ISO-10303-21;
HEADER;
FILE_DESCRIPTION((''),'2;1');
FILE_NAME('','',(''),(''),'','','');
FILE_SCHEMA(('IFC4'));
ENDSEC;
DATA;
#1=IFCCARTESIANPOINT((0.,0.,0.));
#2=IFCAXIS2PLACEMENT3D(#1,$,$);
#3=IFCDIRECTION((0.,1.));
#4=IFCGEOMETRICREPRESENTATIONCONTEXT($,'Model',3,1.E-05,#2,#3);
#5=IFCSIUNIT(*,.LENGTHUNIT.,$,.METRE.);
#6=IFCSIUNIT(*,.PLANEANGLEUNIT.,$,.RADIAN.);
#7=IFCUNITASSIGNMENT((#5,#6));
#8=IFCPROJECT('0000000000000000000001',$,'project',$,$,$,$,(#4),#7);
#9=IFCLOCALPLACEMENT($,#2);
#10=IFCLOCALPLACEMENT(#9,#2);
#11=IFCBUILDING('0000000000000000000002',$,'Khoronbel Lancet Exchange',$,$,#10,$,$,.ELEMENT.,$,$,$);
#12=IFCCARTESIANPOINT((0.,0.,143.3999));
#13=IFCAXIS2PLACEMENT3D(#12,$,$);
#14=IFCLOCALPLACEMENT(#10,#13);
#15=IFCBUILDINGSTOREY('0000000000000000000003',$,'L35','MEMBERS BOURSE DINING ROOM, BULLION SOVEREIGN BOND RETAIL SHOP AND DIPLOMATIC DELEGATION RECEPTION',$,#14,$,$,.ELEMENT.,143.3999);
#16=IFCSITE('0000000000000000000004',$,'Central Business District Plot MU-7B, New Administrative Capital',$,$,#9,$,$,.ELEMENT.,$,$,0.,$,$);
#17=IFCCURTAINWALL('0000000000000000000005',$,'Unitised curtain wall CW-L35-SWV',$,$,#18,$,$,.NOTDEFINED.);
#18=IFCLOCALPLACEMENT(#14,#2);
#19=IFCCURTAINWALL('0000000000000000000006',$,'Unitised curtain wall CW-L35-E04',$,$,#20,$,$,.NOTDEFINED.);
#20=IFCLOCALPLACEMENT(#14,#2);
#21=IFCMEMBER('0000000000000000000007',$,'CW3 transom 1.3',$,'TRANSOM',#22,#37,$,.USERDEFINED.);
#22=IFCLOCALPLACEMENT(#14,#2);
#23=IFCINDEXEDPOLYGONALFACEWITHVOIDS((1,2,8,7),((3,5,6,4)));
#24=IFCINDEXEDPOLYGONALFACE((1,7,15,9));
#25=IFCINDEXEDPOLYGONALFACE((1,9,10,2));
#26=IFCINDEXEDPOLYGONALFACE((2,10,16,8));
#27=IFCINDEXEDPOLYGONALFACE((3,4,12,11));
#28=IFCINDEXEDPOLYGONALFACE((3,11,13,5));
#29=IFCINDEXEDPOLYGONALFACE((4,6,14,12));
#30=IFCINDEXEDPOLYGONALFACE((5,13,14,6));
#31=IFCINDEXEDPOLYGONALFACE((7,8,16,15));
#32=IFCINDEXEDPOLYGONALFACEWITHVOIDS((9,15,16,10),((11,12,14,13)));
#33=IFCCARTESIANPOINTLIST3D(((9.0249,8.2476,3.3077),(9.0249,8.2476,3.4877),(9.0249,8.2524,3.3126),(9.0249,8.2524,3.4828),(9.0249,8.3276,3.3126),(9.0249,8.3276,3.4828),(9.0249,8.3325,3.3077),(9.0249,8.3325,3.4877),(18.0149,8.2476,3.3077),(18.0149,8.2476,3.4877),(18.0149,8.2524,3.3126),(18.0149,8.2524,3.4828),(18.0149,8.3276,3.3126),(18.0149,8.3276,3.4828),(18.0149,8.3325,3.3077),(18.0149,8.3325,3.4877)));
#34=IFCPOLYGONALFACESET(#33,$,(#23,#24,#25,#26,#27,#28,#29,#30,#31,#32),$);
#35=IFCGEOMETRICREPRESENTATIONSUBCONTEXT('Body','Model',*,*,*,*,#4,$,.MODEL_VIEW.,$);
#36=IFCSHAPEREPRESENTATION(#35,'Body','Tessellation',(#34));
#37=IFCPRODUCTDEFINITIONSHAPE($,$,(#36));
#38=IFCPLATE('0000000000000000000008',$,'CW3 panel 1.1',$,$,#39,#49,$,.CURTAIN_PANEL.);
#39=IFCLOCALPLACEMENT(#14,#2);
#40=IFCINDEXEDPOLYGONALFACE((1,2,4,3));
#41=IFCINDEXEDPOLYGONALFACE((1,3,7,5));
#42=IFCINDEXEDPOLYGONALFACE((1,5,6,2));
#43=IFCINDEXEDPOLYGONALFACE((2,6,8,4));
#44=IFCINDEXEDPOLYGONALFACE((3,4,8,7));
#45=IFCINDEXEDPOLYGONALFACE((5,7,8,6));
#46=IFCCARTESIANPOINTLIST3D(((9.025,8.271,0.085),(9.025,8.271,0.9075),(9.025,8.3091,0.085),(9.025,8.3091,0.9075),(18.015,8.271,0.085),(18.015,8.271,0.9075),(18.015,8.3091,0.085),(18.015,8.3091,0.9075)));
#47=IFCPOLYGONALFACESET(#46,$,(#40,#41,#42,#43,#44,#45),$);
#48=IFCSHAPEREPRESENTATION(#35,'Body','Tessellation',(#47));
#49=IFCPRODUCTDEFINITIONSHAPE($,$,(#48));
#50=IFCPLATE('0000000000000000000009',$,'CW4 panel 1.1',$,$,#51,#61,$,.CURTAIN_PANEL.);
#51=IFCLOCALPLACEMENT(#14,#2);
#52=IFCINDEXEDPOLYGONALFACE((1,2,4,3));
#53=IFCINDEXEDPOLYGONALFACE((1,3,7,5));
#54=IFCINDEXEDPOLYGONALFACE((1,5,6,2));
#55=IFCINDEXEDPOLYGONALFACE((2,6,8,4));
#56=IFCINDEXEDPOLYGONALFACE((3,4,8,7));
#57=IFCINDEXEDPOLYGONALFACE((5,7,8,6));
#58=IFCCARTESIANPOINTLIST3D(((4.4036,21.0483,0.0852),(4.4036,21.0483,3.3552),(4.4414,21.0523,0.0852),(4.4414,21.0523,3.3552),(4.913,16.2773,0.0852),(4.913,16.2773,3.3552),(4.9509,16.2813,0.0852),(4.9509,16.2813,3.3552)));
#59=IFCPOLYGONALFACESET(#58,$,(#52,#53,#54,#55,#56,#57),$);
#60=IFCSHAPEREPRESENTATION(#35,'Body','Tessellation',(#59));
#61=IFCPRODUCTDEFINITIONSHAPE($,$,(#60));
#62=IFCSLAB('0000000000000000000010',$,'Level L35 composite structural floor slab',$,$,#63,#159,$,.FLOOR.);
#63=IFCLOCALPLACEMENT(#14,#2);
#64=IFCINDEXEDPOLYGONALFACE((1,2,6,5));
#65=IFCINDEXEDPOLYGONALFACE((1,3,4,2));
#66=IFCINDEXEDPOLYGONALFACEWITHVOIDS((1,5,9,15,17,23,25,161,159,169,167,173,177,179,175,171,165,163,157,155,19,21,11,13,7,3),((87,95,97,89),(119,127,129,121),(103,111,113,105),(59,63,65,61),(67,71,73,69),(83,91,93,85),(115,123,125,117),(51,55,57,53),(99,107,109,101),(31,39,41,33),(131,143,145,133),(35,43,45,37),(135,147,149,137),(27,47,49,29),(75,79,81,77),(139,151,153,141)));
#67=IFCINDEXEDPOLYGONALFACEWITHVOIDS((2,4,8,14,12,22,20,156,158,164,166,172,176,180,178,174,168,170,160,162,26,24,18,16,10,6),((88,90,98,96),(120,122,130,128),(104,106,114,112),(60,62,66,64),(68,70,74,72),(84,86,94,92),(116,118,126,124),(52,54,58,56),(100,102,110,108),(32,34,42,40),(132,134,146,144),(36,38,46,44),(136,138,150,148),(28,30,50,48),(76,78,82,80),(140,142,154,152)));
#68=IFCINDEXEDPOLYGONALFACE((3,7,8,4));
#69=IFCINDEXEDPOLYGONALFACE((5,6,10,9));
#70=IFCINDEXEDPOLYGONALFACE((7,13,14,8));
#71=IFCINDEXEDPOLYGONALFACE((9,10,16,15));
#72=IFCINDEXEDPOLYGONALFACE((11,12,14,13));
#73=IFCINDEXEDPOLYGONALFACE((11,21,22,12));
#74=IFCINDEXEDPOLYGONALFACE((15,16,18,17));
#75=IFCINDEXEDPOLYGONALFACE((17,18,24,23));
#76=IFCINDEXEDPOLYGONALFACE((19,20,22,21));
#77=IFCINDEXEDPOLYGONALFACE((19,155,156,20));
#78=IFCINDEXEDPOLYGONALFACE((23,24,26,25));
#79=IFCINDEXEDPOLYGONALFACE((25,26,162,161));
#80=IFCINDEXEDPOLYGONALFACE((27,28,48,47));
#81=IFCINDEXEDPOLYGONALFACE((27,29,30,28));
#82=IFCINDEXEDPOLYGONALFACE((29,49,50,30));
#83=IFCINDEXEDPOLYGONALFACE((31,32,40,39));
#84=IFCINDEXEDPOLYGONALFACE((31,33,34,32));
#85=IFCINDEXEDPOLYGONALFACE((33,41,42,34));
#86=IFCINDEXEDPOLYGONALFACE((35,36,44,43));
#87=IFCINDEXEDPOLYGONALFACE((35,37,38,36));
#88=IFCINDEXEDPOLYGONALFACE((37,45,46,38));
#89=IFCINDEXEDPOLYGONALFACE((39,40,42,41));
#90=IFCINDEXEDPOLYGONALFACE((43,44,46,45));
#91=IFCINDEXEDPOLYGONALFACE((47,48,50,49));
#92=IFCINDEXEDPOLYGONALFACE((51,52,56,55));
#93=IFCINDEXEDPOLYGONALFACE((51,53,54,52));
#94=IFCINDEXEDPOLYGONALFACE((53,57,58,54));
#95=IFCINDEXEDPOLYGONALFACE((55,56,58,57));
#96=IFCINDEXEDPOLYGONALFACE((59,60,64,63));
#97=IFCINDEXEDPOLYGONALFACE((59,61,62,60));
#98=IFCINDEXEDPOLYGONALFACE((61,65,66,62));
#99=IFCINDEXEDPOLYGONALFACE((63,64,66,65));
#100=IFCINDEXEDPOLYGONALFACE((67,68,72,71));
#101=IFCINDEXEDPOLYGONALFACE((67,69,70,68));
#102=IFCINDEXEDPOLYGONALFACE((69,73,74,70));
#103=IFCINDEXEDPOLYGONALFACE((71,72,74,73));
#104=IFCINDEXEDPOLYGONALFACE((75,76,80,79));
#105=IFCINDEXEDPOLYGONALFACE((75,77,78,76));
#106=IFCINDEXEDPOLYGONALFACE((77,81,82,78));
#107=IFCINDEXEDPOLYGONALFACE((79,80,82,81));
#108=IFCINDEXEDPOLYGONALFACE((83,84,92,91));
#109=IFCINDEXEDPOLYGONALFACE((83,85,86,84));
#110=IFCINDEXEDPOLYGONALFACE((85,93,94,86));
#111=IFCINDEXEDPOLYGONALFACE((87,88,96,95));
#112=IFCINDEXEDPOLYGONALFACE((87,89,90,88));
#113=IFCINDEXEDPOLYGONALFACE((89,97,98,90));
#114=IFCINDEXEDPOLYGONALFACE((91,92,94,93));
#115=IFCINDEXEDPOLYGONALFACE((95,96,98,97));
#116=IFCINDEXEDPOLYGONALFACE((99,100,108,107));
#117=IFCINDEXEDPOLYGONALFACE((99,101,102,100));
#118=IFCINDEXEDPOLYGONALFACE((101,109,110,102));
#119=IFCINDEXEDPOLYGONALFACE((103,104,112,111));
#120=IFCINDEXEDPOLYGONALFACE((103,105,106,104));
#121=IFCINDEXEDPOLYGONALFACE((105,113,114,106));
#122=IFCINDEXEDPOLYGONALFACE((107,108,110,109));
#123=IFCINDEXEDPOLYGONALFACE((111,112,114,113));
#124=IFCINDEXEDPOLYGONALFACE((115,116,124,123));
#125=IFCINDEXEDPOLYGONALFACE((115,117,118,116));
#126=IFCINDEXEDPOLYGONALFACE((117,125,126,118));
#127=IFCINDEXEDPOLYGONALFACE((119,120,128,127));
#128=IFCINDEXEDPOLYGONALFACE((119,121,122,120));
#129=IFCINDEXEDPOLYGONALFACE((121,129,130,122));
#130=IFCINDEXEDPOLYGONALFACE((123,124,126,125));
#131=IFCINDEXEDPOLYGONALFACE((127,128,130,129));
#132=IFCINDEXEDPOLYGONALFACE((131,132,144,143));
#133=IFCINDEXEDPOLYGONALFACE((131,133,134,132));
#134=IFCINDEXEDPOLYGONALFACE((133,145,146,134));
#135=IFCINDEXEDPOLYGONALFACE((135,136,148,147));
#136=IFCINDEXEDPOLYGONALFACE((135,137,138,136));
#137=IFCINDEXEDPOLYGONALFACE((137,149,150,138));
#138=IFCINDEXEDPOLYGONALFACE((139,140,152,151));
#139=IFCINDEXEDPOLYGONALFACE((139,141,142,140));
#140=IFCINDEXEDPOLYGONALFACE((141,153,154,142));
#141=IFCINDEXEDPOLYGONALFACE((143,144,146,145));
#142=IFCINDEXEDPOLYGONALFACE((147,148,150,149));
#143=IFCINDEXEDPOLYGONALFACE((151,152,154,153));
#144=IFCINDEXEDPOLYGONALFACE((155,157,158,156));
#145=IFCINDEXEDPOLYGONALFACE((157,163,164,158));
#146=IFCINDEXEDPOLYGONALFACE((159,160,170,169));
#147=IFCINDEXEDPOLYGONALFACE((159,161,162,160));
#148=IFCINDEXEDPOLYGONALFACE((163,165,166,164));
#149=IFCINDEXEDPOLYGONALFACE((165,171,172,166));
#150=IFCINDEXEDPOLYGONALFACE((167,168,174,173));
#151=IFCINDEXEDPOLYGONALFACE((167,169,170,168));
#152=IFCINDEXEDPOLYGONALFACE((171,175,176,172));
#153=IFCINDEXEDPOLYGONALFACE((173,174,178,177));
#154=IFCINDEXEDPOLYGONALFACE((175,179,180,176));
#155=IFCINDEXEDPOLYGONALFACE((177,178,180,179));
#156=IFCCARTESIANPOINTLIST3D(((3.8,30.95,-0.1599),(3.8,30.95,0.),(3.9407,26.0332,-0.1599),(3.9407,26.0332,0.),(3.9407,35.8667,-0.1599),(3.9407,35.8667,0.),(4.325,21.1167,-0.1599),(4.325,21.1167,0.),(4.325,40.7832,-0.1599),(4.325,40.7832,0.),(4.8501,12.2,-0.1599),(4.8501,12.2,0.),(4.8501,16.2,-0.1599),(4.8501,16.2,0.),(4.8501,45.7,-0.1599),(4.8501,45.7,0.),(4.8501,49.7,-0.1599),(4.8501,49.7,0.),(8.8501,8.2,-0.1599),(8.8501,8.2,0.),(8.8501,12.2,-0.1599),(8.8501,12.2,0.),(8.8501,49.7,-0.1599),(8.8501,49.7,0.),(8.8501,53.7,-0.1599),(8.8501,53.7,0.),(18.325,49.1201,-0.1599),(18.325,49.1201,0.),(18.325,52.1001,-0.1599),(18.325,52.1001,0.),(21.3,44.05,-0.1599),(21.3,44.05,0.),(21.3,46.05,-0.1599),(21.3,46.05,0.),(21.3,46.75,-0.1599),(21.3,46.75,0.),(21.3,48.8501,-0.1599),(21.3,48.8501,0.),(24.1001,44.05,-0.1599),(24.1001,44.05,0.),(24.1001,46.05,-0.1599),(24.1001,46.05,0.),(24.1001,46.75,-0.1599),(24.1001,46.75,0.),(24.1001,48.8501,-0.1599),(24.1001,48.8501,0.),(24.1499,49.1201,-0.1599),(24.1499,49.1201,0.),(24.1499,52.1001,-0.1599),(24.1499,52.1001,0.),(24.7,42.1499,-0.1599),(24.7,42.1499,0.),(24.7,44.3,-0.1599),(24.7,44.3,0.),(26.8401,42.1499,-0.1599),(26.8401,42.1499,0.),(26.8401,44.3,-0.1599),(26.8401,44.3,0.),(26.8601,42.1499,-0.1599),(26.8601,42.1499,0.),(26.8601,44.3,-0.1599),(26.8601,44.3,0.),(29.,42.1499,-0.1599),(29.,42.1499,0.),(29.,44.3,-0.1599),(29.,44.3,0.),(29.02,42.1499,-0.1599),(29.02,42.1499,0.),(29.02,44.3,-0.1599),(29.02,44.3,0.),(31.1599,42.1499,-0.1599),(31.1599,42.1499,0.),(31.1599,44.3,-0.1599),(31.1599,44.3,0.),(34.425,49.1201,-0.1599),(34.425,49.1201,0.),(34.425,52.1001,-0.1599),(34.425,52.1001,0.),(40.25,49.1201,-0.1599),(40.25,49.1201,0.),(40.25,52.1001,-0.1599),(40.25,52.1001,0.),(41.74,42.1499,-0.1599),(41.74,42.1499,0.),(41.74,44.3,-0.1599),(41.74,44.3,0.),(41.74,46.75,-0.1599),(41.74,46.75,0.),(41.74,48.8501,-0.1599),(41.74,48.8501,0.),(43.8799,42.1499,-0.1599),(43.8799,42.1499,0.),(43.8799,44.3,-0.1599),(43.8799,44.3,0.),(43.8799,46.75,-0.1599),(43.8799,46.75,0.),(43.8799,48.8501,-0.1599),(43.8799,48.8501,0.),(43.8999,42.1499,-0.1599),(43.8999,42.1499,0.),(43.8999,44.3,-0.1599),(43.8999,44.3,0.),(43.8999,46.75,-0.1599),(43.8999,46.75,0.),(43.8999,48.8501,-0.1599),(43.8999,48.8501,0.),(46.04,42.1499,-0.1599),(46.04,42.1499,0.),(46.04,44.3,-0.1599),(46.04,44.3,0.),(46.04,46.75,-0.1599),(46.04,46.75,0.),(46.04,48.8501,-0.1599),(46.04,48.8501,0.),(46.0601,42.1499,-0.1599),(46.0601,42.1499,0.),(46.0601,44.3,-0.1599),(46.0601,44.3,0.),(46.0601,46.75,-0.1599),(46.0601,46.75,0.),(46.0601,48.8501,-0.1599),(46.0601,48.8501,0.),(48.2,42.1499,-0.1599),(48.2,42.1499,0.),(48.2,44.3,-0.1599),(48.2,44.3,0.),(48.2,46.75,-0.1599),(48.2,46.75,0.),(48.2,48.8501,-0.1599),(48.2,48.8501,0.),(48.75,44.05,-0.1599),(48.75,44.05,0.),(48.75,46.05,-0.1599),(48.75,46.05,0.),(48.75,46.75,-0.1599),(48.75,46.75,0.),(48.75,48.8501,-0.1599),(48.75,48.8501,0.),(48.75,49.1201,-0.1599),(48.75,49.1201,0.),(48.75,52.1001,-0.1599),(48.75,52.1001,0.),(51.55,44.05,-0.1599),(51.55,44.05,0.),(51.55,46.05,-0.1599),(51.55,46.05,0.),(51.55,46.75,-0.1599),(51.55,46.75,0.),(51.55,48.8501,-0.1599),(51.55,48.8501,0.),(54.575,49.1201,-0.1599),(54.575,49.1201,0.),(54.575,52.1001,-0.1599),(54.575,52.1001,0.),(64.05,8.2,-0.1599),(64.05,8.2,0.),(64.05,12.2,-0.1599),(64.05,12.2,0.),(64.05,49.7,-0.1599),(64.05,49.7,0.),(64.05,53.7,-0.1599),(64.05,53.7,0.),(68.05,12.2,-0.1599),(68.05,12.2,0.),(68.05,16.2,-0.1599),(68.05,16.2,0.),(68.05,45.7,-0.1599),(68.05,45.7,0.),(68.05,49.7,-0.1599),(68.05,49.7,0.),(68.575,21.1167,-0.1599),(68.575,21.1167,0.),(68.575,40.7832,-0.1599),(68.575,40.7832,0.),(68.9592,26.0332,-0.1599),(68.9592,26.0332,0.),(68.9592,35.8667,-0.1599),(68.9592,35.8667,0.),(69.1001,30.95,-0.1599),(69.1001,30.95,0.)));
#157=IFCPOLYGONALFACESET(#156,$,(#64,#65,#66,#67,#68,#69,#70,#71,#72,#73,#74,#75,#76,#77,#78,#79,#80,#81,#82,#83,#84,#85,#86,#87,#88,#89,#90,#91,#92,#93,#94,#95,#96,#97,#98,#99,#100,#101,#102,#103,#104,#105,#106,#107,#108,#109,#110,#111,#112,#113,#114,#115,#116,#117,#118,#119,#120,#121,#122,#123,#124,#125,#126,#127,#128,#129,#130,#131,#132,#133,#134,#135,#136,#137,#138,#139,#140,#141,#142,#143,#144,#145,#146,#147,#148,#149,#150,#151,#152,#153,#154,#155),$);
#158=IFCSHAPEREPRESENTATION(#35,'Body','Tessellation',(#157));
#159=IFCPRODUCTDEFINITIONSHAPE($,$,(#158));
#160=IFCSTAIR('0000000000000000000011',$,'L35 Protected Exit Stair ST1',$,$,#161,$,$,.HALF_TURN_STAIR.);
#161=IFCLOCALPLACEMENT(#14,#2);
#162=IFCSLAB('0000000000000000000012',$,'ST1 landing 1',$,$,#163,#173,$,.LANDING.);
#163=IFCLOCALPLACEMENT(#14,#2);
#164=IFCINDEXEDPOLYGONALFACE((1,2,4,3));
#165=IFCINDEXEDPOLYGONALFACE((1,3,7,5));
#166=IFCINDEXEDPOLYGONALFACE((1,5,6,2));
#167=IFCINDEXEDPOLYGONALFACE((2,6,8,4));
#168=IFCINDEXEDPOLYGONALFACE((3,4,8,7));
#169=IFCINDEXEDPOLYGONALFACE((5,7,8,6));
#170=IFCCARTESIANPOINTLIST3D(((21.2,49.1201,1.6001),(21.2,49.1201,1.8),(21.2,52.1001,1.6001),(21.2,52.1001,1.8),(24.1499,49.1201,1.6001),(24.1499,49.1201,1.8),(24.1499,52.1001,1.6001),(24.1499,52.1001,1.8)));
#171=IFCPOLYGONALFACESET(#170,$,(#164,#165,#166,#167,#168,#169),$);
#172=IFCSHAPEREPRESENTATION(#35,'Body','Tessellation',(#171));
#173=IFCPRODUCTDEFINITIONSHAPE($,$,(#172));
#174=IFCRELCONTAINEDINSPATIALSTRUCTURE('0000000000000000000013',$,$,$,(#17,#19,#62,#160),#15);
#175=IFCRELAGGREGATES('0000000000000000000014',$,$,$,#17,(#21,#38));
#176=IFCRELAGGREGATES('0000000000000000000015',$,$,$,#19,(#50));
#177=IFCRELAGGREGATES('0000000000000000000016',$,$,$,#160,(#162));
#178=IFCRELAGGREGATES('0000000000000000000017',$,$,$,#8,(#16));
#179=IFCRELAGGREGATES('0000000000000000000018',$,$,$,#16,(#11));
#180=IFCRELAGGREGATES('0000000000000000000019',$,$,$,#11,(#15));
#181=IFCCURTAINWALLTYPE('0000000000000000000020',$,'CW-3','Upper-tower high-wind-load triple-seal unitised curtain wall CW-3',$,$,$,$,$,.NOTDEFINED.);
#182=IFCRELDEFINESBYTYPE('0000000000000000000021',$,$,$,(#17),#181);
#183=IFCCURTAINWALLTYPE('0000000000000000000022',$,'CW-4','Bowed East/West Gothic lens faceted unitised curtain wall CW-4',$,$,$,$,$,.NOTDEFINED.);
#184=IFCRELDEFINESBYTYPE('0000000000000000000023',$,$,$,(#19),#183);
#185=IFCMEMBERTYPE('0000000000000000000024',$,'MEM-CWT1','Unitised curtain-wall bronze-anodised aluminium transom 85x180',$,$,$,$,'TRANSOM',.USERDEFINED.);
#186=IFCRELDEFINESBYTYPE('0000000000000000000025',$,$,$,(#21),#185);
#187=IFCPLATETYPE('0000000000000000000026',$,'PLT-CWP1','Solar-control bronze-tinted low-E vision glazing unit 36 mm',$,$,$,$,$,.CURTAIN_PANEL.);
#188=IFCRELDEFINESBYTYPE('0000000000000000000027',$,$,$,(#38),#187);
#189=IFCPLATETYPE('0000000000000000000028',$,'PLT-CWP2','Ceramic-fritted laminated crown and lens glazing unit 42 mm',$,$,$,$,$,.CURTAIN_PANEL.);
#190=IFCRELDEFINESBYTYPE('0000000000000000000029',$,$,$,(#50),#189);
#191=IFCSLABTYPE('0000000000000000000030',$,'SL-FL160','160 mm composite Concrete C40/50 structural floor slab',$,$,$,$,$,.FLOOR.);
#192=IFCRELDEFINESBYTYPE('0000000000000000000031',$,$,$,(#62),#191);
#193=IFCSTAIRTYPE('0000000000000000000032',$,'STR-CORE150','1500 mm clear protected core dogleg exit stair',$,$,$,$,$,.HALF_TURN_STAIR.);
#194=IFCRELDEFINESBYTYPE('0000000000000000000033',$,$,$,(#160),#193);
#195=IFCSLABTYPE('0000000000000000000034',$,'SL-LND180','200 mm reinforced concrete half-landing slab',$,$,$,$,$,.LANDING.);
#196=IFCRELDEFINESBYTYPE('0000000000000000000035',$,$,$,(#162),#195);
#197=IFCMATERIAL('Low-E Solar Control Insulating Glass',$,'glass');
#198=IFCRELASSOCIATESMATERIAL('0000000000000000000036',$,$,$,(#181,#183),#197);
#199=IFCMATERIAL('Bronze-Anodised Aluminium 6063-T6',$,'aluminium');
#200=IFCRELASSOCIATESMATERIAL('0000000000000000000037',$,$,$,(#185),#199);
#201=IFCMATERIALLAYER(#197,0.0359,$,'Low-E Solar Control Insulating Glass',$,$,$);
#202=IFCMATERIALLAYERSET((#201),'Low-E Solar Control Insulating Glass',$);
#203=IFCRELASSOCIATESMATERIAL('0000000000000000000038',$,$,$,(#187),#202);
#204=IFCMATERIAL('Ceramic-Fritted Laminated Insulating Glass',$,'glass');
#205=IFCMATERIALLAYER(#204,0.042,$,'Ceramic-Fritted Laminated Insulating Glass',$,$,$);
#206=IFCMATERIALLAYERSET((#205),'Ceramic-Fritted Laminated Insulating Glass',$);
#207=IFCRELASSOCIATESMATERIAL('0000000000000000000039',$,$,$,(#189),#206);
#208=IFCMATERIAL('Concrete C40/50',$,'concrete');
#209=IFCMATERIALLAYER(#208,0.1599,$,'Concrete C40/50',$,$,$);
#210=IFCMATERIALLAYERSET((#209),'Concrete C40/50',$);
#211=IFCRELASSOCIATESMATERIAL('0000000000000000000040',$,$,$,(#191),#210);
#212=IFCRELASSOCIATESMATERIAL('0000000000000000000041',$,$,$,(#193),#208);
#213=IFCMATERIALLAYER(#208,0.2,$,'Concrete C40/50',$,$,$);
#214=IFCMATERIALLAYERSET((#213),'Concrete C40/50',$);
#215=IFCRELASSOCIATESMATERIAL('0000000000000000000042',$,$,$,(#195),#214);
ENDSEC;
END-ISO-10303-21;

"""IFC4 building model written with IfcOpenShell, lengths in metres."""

from ifc_helpers import new_model, si_unit, direction, frame, origin, origin_2d, place, context, subcontext, project, spatial, polyline, rectangle, hollow_rectangle, outline, extrude, material, layer, layer_set, material_profile, profile_set, type_object, element, aggregate, save


model = new_model("IFC4")

# Units and contexts
model_context = context("Model", 3, precision=1e-05, world=origin(), true_north=direction((0.0, 1.0)))
body_context = subcontext(model_context, "Body", "Model", "MODEL_VIEW")
ifc_project = project(units=[si_unit("LENGTHUNIT", "METRE"), si_unit("PLANEANGLEUNIT", "RADIAN")], contexts=[model_context])

# Site, building, storey
site_placement = place(None, origin())
site = spatial("IfcSite", under=ifc_project, at=site_placement, Name="Central Business District Plot MU-7B, New Administrative Capital", CompositionType="ELEMENT", RefElevation=0.0)
building_placement = place(site_placement, origin())
building = spatial("IfcBuilding", under=site, at=building_placement, Name="Khoronbel Lancet Exchange", CompositionType="ELEMENT")
storey_placement = place(building_placement, frame((0.0, 0.0, 143.3999)))
storey = spatial("IfcBuildingStorey", under=building, at=storey_placement, Name="L35", Description="MEMBERS BOURSE DINING ROOM, BULLION SOVEREIGN BOND RETAIL SHOP AND DIPLOMATIC DELEGATION RECEPTION", CompositionType="ELEMENT", Elevation=143.3999)

# Curtain wall
ifc_material_1 = material(Name="Low-E Solar Control Insulating Glass", Category="glass")
curtain_wall_type_1 = type_object("IfcCurtainWallType", Name="CW-3", Description="Upper-tower high-wind-load triple-seal unitised curtain wall CW-3", PredefinedType="NOTDEFINED", material=ifc_material_1)
curtain_wall_1_placement = place(storey_placement, origin())
curtain_wall_1 = element("IfcCurtainWall", 1, at=curtain_wall_1_placement, inside=storey, type_object=curtain_wall_type_1, Name="Unitised curtain wall CW-L35-SWV", PredefinedType="NOTDEFINED")
ifc_material_2 = material(Name="Bronze-Anodised Aluminium 6063-T6", Category="aluminium")

# Curtain wall
curtain_wall_type_2 = type_object("IfcCurtainWallType", Name="CW-4", Description="Bowed East/West Gothic lens faceted unitised curtain wall CW-4", PredefinedType="NOTDEFINED", material=ifc_material_1)
curtain_wall_2_placement = place(storey_placement, origin())
curtain_wall_2 = element("IfcCurtainWall", 2, at=curtain_wall_2_placement, inside=storey, type_object=curtain_wall_type_2, Name="Unitised curtain wall CW-L35-E04", PredefinedType="NOTDEFINED")
ifc_material_profile_1 = material_profile(ifc_material_2, hollow_rectangle(XDim=0.085, YDim=0.1799, WallThickness=0.0049, at=origin_2d()), Name="ALU TRANSOM 85x180")
ifc_profile_set_1 = profile_set([ifc_material_profile_1], Name="Bronze-Anodised Aluminium 6063-T6")
member_type_1 = type_object("IfcMemberType", Name="MEM-CWT1", Description="Unitised curtain-wall bronze-anodised aluminium transom 85x180", ElementType="TRANSOM", PredefinedType="USERDEFINED", material=ifc_profile_set_1)

# Member
member_1_placement = place(storey_placement, frame((9.0249, 8.29, 3.3977), z_axis=(1.0, 0.0, 0.0), x_axis=(0.0, 1.0, 0.0)))
member_1 = element("IfcMember", 3, at=member_1_placement, type_object=member_type_1, Name="CW3 transom 1.3", ObjectType="TRANSOM", PredefinedType="USERDEFINED", context=body_context, shape_type="SweptSolid", body=[
    extrude(hollow_rectangle(XDim=0.085, YDim=0.1799, WallThickness=0.0049, at=origin_2d()), origin(), (0.0, 0.0, 1.0), 8.99),
])

# Plates
ifc_layer_1 = layer(ifc_material_1, 0.0359, Name="Low-E Solar Control Insulating Glass")
ifc_layer_set_1 = layer_set([ifc_layer_1], Name="Low-E Solar Control Insulating Glass")
plate_type_1 = type_object("IfcPlateType", Name="PLT-CWP1", Description="Solar-control bronze-tinted low-E vision glazing unit 36 mm", PredefinedType="CURTAIN_PANEL", material=ifc_layer_set_1)
plate_1_placement = place(storey_placement, frame((13.52, 8.29, 0.085), z_axis=(0.0, 0.0, 1.0), x_axis=(1.0, 0.0, 0.0)))
plate_1 = element("IfcPlate", 4, at=plate_1_placement, type_object=plate_type_1, Name="CW3 panel 1.1", PredefinedType="CURTAIN_PANEL", context=body_context, shape_type="SweptSolid", body=[
    extrude(rectangle(XDim=8.99, YDim=0.0381, at=origin_2d()), origin(), (0.0, 0.0, 1.0), 0.8225),
])
aggregate(curtain_wall_1, [member_1, plate_1])
ifc_material_3 = material(Name="Ceramic-Fritted Laminated Insulating Glass", Category="glass")
ifc_layer_2 = layer(ifc_material_3, 0.042, Name="Ceramic-Fritted Laminated Insulating Glass")
ifc_layer_set_2 = layer_set([ifc_layer_2], Name="Ceramic-Fritted Laminated Insulating Glass")
plate_type_2 = type_object("IfcPlateType", Name="PLT-CWP2", Description="Ceramic-fritted laminated crown and lens glazing unit 42 mm", PredefinedType="CURTAIN_PANEL", material=ifc_layer_set_2)
plate_2_placement = place(storey_placement, frame((4.6772, 18.6648, 0.0852), z_axis=(0.0, 0.0, 1.0), x_axis=(-0.106181, 0.994347, 0.0)))
plate_2 = element("IfcPlate", 5, at=plate_2_placement, type_object=plate_type_2, Name="CW4 panel 1.1", PredefinedType="CURTAIN_PANEL", context=body_context, shape_type="SweptSolid", body=[
    extrude(rectangle(XDim=4.7981, YDim=0.0381, at=origin_2d()), origin(), (0.0, 0.0, 1.0), 3.27),
])
aggregate(curtain_wall_2, [plate_2])

# Slab
ifc_material_4 = material(Name="Concrete C40/50", Category="concrete")
ifc_layer_3 = layer(ifc_material_4, 0.1599, Name="Concrete C40/50")
ifc_layer_set_3 = layer_set([ifc_layer_3], Name="Concrete C40/50")
slab_type_1 = type_object("IfcSlabType", Name="SL-FL160", Description="160 mm composite Concrete C40/50 structural floor slab", PredefinedType="FLOOR", material=ifc_layer_set_3)
slab_1_placement = place(storey_placement, frame((0.0, 0.0, -0.1599)))
element("IfcSlab", 6, at=slab_1_placement, inside=storey, type_object=slab_type_1, Name="Level L35 composite structural floor slab", PredefinedType="FLOOR", context=body_context, shape_type="SweptSolid", body=[
    extrude(outline(polyline([(8.8501, 8.2), (64.05, 8.2), (64.05, 12.2), (68.05, 12.2), (68.05, 16.2), (68.575, 21.1167), (68.9592, 26.0332), (69.1001, 30.95), (68.9592, 35.8667), (68.575, 40.7832), (68.05, 45.7), (68.05, 49.7), (64.05, 49.7), (64.05, 53.7), (8.8501, 53.7), (8.8501, 49.7), (4.8501, 49.7), (4.8501, 45.7), (4.325, 40.7832), (3.9407, 35.8667), (3.8, 30.95), (3.9407, 26.0332), (4.325, 21.1167), (4.8501, 16.2), (4.8501, 12.2), (8.8501, 12.2), (8.8501, 8.2)]), holes=[polyline([(18.325, 49.1201), (24.1499, 49.1201), (24.1499, 52.1001), (18.325, 52.1001), (18.325, 49.1201)]), polyline([(48.75, 49.1201), (54.575, 49.1201), (54.575, 52.1001), (48.75, 52.1001), (48.75, 49.1201)]), polyline([(34.425, 49.1201), (40.25, 49.1201), (40.25, 52.1001), (34.425, 52.1001), (34.425, 49.1201)]), polyline([(24.7, 42.1499), (26.8401, 42.1499), (26.8401, 44.3), (24.7, 44.3), (24.7, 42.1499)]), polyline([(26.8601, 42.1499), (29.0, 42.1499), (29.0, 44.3), (26.8601, 44.3), (26.8601, 42.1499)]), polyline([(29.02, 42.1499), (31.1599, 42.1499), (31.1599, 44.3), (29.02, 44.3), (29.02, 42.1499)]), polyline([(41.74, 46.75), (43.8799, 46.75), (43.8799, 48.8501), (41.74, 48.8501), (41.74, 46.75)]), polyline([(43.8999, 46.75), (46.04, 46.75), (46.04, 48.8501), (43.8999, 48.8501), (43.8999, 46.75)]), polyline([(46.0601, 46.75), (48.2, 46.75), (48.2, 48.8501), (46.0601, 48.8501), (46.0601, 46.75)]), polyline([(41.74, 42.1499), (43.8799, 42.1499), (43.8799, 44.3), (41.74, 44.3), (41.74, 42.1499)]), polyline([(43.8999, 42.1499), (46.04, 42.1499), (46.04, 44.3), (43.8999, 44.3), (43.8999, 42.1499)]), polyline([(46.0601, 42.1499), (48.2, 42.1499), (48.2, 44.3), (46.0601, 44.3), (46.0601, 42.1499)]), polyline([(21.3, 46.75), (24.1001, 46.75), (24.1001, 48.8501), (21.3, 48.8501), (21.3, 46.75)]), polyline([(48.75, 46.75), (51.55, 46.75), (51.55, 48.8501), (48.75, 48.8501), (48.75, 46.75)]), polyline([(21.3, 44.05), (24.1001, 44.05), (24.1001, 46.05), (21.3, 46.05), (21.3, 44.05)]), polyline([(48.75, 44.05), (51.55, 44.05), (51.55, 46.05), (48.75, 46.05), (48.75, 44.05)])]), origin(), (0.0, 0.0, 1.0), 0.1599),
])

# Stair, slab
stair_type = type_object("IfcStairType", Name="STR-CORE150", Description="1500 mm clear protected core dogleg exit stair", PredefinedType="HALF_TURN_STAIR", material=ifc_material_4)
stair_1_placement = place(storey_placement, origin())
stair_1 = element("IfcStair", 7, at=stair_1_placement, inside=storey, type_object=stair_type, Name="L35 Protected Exit Stair ST1", PredefinedType="HALF_TURN_STAIR")
ifc_layer_4 = layer(ifc_material_4, 0.2, Name="Concrete C40/50")
ifc_layer_set_4 = layer_set([ifc_layer_4], Name="Concrete C40/50")
slab_type_2 = type_object("IfcSlabType", Name="SL-LND180", Description="200 mm reinforced concrete half-landing slab", PredefinedType="LANDING", material=ifc_layer_set_4)
slab_2_placement = place(storey_placement, frame((0.0, 0.0, 1.6001)))
slab_2 = element("IfcSlab", 8, at=slab_2_placement, type_object=slab_type_2, Name="ST1 landing 1", PredefinedType="LANDING", context=body_context, shape_type="SweptSolid", body=[
    extrude(outline(polyline([(21.2, 49.1201), (24.1499, 49.1201), (24.1499, 52.1001), (21.2, 52.1001), (21.2, 49.1201)])), origin(), (0.0, 0.0, 1.0), 0.2),
])
aggregate(stair_1, [slab_2])

save(model, "model.ifc")
